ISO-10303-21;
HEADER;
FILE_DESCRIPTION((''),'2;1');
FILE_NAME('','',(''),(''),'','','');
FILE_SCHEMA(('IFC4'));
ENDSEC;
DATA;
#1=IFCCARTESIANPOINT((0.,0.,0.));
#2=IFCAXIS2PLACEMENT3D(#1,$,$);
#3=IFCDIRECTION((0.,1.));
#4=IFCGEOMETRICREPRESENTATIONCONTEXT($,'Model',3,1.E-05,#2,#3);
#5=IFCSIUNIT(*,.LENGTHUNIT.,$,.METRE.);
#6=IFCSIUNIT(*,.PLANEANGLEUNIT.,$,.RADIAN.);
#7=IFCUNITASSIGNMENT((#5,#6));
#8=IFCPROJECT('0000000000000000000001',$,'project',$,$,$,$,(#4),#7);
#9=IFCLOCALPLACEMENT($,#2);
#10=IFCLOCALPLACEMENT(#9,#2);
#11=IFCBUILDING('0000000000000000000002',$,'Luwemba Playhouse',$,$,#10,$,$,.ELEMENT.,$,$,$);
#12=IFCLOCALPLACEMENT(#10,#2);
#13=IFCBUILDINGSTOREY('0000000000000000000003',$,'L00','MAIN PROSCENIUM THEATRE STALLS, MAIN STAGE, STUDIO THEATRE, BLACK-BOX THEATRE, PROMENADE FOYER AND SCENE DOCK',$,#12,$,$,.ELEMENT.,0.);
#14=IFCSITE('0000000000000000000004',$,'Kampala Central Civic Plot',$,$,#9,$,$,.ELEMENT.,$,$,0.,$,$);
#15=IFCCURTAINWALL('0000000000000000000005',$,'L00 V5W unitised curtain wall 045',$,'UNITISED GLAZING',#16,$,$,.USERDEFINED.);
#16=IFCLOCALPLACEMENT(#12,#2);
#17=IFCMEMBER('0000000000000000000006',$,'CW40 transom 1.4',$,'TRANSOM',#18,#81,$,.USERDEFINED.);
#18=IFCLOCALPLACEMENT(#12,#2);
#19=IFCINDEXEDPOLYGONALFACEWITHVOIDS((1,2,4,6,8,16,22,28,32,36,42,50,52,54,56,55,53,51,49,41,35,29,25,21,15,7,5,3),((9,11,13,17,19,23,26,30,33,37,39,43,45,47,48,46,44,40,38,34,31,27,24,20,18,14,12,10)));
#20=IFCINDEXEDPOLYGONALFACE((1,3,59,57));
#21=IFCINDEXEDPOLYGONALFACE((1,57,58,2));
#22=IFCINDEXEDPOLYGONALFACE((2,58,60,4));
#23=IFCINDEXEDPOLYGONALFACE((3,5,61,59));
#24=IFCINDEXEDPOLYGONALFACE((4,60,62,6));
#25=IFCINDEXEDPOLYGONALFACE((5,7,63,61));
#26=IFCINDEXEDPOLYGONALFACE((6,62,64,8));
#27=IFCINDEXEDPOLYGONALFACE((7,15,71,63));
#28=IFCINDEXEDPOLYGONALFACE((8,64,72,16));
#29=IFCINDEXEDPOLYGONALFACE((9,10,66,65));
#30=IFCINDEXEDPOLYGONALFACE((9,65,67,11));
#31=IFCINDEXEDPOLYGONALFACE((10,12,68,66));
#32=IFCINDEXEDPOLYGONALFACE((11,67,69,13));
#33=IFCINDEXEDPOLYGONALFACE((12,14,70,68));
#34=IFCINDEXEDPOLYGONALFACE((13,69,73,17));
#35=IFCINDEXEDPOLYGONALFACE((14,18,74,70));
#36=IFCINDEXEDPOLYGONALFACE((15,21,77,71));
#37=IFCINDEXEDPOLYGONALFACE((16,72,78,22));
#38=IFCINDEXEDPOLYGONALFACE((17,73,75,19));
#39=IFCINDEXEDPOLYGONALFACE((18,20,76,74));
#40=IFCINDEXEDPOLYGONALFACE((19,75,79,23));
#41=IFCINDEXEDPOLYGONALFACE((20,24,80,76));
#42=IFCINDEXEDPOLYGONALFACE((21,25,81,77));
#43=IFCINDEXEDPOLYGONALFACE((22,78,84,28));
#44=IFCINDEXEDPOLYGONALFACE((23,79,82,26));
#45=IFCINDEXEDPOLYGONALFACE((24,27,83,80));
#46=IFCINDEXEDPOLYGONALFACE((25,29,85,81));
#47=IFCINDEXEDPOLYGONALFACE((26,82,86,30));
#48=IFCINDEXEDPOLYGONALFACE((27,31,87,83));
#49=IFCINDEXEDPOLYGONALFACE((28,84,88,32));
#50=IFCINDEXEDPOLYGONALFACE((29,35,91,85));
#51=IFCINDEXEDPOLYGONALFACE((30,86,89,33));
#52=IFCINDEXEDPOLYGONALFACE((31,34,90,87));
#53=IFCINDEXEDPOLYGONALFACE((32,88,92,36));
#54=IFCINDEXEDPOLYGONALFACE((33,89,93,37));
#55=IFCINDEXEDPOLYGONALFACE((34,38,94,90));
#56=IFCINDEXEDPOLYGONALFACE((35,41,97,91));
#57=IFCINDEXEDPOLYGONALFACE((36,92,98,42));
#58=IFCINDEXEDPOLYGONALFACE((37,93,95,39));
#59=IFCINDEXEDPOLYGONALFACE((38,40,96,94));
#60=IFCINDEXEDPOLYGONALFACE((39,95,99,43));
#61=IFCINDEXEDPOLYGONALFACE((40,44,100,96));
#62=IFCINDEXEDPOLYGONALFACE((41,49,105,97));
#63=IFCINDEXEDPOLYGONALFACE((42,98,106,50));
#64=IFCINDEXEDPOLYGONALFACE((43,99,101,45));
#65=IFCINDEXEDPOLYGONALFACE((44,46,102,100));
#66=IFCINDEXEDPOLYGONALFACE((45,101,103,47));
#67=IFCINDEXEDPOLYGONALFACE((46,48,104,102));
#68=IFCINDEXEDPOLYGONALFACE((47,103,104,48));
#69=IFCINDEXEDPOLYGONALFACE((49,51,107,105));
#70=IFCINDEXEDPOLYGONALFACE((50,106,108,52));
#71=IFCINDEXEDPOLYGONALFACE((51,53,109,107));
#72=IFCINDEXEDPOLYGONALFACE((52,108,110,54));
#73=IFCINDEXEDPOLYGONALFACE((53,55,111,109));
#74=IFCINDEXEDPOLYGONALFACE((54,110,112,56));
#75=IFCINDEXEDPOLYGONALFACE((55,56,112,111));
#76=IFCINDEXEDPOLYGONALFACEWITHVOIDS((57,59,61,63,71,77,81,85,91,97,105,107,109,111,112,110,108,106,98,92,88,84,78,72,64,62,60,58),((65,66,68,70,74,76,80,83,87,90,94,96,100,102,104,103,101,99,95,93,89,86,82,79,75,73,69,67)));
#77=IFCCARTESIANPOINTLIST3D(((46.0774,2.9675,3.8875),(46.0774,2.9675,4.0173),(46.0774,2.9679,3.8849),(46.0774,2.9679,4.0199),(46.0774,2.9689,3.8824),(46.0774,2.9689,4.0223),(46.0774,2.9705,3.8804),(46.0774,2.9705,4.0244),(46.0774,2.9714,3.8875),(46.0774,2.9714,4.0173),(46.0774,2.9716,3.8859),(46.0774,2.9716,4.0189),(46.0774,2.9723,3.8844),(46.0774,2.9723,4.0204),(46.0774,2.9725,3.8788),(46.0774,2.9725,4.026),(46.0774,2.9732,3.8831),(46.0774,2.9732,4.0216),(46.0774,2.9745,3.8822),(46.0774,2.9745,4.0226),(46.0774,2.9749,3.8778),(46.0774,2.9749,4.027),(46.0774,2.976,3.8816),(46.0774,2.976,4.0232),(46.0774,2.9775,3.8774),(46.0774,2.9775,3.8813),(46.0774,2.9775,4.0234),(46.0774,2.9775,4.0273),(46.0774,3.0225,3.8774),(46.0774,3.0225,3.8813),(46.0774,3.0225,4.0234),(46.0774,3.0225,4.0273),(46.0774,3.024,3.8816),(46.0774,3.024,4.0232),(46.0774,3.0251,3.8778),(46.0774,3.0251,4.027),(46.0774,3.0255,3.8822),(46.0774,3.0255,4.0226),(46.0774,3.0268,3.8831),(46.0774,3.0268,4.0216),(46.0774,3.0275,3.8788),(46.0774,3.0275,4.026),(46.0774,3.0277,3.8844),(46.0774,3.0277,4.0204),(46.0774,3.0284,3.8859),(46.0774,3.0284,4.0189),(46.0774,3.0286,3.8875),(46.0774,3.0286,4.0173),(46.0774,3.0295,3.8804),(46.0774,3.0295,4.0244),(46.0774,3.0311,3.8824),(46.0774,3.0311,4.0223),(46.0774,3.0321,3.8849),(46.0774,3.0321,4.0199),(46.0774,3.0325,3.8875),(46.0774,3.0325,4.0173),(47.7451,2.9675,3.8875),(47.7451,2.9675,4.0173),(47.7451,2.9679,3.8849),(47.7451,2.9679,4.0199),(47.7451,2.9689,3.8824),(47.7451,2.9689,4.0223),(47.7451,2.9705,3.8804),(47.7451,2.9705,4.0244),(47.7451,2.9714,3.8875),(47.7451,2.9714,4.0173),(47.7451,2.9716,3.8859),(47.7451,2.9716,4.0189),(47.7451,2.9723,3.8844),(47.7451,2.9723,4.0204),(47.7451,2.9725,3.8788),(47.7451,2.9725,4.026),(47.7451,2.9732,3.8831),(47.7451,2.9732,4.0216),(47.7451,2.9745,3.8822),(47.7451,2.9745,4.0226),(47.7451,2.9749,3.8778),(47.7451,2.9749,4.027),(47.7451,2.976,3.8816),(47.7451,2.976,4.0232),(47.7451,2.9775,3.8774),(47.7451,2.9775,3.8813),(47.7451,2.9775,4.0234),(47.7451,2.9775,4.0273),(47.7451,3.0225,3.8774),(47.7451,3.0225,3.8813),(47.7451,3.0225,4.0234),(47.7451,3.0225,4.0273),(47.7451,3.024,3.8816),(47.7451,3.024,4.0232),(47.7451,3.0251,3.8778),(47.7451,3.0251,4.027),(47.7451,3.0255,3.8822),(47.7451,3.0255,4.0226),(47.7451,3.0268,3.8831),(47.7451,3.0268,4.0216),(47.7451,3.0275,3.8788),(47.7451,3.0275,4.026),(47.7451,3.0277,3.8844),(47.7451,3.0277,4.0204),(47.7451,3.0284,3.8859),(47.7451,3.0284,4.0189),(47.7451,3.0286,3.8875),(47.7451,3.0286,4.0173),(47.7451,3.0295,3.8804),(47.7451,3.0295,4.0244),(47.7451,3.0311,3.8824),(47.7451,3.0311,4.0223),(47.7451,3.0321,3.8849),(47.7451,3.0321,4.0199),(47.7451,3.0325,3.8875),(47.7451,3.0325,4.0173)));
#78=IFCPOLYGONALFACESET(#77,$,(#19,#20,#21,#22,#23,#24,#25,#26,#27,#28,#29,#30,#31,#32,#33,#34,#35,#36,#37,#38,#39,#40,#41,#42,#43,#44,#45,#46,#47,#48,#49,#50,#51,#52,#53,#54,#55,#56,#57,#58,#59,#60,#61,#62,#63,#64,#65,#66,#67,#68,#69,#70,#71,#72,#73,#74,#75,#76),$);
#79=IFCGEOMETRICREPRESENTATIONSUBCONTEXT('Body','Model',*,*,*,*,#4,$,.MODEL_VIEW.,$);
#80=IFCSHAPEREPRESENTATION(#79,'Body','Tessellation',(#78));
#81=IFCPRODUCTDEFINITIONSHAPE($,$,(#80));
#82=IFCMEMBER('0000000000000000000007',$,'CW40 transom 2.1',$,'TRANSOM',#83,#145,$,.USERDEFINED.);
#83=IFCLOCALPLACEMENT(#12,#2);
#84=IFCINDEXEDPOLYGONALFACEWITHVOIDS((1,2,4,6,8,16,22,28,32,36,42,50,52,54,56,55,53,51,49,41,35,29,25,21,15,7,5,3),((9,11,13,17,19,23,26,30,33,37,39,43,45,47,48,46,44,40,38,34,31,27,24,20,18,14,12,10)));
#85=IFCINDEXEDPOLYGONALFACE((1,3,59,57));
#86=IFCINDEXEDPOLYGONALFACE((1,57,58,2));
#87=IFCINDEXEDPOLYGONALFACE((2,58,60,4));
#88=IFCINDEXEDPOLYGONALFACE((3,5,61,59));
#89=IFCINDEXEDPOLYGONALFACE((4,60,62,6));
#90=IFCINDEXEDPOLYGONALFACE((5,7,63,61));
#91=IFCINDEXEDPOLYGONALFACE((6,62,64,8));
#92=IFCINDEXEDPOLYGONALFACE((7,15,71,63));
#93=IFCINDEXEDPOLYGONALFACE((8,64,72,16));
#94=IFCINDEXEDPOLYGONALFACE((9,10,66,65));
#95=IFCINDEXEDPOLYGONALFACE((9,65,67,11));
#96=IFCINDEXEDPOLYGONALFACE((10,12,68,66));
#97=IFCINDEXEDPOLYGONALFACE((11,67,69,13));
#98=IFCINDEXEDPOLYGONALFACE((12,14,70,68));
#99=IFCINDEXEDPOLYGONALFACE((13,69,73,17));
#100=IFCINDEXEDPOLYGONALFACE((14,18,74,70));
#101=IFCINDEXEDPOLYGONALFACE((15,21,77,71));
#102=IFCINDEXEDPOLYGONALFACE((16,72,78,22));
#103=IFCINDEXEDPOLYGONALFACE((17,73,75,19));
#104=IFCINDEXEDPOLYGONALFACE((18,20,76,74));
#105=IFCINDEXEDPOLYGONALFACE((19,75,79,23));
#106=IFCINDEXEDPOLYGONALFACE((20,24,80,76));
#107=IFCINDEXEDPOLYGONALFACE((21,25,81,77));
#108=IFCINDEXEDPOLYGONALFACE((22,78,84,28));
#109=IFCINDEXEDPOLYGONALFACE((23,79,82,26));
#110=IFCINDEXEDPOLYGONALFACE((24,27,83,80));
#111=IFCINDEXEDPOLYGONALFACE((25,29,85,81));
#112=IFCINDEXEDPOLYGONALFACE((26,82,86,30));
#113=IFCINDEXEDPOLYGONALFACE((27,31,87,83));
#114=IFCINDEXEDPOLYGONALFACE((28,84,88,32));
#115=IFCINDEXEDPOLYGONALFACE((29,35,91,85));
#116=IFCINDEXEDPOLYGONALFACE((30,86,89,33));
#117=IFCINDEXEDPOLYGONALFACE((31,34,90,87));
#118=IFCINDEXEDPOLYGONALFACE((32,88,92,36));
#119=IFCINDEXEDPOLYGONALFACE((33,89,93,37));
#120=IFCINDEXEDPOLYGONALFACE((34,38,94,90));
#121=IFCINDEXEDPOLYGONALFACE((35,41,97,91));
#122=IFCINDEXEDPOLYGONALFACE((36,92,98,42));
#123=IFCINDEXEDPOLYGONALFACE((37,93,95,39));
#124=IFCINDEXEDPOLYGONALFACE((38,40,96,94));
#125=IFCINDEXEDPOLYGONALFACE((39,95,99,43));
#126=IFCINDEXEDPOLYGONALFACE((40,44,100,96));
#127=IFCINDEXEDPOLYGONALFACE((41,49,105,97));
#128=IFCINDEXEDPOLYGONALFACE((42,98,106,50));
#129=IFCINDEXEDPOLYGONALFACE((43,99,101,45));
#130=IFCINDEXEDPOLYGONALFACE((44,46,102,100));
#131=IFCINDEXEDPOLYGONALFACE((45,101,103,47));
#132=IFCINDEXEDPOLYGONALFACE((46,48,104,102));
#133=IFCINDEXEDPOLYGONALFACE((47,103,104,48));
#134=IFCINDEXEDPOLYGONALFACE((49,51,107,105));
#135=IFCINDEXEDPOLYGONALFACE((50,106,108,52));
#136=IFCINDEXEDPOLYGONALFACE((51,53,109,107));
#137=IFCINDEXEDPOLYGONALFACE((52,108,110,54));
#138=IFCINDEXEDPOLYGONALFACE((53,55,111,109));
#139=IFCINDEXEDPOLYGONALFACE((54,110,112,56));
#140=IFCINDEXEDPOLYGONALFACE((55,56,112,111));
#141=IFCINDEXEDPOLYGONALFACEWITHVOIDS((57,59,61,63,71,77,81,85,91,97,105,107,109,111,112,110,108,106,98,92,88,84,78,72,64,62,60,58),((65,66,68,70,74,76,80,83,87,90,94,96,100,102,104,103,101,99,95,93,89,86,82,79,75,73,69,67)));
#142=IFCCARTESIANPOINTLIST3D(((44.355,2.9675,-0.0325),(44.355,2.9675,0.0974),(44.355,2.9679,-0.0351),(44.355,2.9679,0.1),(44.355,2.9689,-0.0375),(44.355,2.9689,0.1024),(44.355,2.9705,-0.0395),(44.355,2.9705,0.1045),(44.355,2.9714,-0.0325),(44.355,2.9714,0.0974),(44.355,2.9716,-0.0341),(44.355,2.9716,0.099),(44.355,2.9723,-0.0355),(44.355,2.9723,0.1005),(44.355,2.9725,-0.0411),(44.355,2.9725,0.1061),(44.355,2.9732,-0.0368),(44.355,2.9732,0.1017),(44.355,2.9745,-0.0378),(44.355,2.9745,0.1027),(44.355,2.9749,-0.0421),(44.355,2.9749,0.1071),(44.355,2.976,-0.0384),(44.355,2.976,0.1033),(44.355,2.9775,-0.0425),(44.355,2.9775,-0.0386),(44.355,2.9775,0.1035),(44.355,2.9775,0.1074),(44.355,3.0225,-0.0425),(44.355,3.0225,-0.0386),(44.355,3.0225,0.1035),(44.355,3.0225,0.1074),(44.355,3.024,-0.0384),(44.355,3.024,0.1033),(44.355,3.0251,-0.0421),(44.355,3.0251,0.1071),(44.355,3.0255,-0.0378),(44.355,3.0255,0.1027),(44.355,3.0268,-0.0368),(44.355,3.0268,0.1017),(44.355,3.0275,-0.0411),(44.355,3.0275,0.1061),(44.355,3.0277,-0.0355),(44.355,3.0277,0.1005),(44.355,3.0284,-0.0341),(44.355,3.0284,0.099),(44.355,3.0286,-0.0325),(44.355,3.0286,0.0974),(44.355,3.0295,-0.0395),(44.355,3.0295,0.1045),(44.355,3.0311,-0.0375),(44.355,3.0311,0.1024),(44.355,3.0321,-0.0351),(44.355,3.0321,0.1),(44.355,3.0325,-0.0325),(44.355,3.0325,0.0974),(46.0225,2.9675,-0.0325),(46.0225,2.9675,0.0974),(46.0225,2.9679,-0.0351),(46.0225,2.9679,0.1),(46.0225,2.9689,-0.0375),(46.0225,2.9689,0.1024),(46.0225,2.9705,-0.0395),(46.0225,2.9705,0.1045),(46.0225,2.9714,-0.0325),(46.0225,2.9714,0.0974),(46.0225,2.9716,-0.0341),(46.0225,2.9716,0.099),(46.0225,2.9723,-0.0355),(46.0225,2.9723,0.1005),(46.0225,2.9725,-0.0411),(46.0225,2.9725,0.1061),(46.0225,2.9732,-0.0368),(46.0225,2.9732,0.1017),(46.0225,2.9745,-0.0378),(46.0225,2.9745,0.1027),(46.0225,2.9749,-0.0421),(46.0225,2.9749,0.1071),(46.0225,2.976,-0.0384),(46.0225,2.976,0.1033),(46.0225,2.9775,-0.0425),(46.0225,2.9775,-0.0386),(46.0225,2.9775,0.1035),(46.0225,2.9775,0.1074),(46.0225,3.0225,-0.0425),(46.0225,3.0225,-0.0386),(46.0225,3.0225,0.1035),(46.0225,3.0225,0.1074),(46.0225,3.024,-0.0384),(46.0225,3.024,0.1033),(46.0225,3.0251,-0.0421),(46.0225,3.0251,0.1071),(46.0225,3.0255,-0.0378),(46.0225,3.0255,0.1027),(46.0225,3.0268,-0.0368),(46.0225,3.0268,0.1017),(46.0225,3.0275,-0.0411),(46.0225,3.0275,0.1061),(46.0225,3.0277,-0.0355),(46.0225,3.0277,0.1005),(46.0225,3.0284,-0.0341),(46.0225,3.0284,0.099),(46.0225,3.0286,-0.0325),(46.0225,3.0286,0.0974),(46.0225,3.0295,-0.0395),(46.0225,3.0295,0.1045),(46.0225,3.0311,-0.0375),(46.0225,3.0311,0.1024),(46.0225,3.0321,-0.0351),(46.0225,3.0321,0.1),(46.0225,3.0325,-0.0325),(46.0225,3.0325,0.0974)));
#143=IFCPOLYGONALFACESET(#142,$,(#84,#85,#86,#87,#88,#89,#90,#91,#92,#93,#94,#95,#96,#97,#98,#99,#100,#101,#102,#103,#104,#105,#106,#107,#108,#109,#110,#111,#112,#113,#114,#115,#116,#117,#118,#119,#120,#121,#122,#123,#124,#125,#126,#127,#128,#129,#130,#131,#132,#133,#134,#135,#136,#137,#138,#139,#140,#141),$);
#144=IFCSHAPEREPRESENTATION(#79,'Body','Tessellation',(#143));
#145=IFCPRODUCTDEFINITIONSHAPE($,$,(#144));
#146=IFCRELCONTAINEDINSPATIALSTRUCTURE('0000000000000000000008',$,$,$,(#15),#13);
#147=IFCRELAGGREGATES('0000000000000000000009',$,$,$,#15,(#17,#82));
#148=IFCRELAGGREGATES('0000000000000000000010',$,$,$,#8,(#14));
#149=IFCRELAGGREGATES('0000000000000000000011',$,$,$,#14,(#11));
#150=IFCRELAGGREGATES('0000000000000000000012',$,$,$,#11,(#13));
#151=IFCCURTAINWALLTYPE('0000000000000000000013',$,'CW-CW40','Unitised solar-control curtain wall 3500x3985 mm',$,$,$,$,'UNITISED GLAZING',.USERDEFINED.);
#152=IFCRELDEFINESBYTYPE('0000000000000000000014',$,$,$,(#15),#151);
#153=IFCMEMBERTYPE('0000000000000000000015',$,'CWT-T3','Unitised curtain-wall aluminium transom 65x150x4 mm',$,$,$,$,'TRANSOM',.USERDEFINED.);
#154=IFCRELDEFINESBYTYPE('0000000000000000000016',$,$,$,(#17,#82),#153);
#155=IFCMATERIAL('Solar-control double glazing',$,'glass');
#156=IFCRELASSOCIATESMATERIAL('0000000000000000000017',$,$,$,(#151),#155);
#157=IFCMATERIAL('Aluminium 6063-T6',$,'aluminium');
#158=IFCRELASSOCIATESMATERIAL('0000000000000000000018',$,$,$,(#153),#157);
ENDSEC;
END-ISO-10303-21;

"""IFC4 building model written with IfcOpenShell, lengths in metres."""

from ifc_helpers import new_model, si_unit, direction, frame, origin, origin_2d, place, context, subcontext, project, spatial, hollow_rectangle, extrude, material, material_profile, profile_set, type_object, element, aggregate, save


model = new_model("IFC4")

# Units and contexts
model_context = context("Model", 3, precision=1e-05, world=origin(), true_north=direction((0.0, 1.0)))
body_context = subcontext(model_context, "Body", "Model", "MODEL_VIEW")
ifc_project = project(units=[si_unit("LENGTHUNIT", "METRE"), si_unit("PLANEANGLEUNIT", "RADIAN")], contexts=[model_context])

# Site, building, storey
site_placement = place(None, origin())
site = spatial("IfcSite", under=ifc_project, at=site_placement, Name="Kampala Central Civic Plot", CompositionType="ELEMENT", RefElevation=0.0)
building_placement = place(site_placement, origin())
building = spatial("IfcBuilding", under=site, at=building_placement, Name="Luwemba Playhouse", CompositionType="ELEMENT")
storey_placement = place(building_placement, origin())
storey = spatial("IfcBuildingStorey", under=building, at=storey_placement, Name="L00", Description="MAIN PROSCENIUM THEATRE STALLS, MAIN STAGE, STUDIO THEATRE, BLACK-BOX THEATRE, PROMENADE FOYER AND SCENE DOCK", CompositionType="ELEMENT", Elevation=0.0)

# Shared definitions
ifc_material_1 = material(Name="Solar-control double glazing", Category="glass")
ifc_material_2 = material(Name="Aluminium 6063-T6", Category="aluminium")

# Curtain wall
curtain_wall_type_1 = type_object("IfcCurtainWallType", Name="CW-CW40", Description="Unitised solar-control curtain wall 3500x3985 mm", ElementType="UNITISED GLAZING", PredefinedType="USERDEFINED", material=ifc_material_1)
curtain_wall_1_placement = place(storey_placement, origin())
curtain_wall_1 = element("IfcCurtainWall", 1, at=curtain_wall_1_placement, inside=storey, type_object=curtain_wall_type_1, Name="L00 V5W unitised curtain wall 045", ObjectType="UNITISED GLAZING", PredefinedType="USERDEFINED")

# Members
ifc_material_profile_1 = material_profile(ifc_material_2, hollow_rectangle(XDim=0.0649, YDim=0.1499, WallThickness=0.0039, InnerFilletRadius=0.0061, OuterFilletRadius=0.01, at=origin_2d()))
ifc_profile_set_1 = profile_set([ifc_material_profile_1], Name="Aluminium 6063-T6")
member_type_1 = type_object("IfcMemberType", Name="CWT-T3", Description="Unitised curtain-wall aluminium transom 65x150x4 mm", ElementType="TRANSOM", PredefinedType="USERDEFINED", material=ifc_profile_set_1)
member_1_placement = place(storey_placement, frame((47.7451, 3.0, 3.9524), z_axis=(-1.0, 0.0, 0.0), x_axis=(0.0, -1.0, 0.0)))
member_1 = element("IfcMember", 2, at=member_1_placement, type_object=member_type_1, Name="CW40 transom 1.4", ObjectType="TRANSOM", PredefinedType="USERDEFINED", context=body_context, shape_type="SweptSolid", body=[
    extrude(hollow_rectangle(XDim=0.0649, YDim=0.1499, WallThickness=0.0039, InnerFilletRadius=0.0061, OuterFilletRadius=0.01, at=origin_2d()), origin(), (0.0, 0.0, 1.0), 1.6677),
])
member_2_placement = place(storey_placement, frame((46.0225, 3.0, 0.0325), z_axis=(-1.0, 0.0, 0.0), x_axis=(0.0, -1.0, 0.0)))
member_2 = element("IfcMember", 3, at=member_2_placement, type_object=member_type_1, Name="CW40 transom 2.1", ObjectType="TRANSOM", PredefinedType="USERDEFINED", context=body_context, shape_type="SweptSolid", body=[
    extrude(hollow_rectangle(XDim=0.0649, YDim=0.1499, WallThickness=0.0039, InnerFilletRadius=0.0061, OuterFilletRadius=0.01, at=origin_2d()), origin(), (0.0, 0.0, 1.0), 1.6675),
])

aggregate(curtain_wall_1, [member_1, member_2])

save(model, "model.ifc")
